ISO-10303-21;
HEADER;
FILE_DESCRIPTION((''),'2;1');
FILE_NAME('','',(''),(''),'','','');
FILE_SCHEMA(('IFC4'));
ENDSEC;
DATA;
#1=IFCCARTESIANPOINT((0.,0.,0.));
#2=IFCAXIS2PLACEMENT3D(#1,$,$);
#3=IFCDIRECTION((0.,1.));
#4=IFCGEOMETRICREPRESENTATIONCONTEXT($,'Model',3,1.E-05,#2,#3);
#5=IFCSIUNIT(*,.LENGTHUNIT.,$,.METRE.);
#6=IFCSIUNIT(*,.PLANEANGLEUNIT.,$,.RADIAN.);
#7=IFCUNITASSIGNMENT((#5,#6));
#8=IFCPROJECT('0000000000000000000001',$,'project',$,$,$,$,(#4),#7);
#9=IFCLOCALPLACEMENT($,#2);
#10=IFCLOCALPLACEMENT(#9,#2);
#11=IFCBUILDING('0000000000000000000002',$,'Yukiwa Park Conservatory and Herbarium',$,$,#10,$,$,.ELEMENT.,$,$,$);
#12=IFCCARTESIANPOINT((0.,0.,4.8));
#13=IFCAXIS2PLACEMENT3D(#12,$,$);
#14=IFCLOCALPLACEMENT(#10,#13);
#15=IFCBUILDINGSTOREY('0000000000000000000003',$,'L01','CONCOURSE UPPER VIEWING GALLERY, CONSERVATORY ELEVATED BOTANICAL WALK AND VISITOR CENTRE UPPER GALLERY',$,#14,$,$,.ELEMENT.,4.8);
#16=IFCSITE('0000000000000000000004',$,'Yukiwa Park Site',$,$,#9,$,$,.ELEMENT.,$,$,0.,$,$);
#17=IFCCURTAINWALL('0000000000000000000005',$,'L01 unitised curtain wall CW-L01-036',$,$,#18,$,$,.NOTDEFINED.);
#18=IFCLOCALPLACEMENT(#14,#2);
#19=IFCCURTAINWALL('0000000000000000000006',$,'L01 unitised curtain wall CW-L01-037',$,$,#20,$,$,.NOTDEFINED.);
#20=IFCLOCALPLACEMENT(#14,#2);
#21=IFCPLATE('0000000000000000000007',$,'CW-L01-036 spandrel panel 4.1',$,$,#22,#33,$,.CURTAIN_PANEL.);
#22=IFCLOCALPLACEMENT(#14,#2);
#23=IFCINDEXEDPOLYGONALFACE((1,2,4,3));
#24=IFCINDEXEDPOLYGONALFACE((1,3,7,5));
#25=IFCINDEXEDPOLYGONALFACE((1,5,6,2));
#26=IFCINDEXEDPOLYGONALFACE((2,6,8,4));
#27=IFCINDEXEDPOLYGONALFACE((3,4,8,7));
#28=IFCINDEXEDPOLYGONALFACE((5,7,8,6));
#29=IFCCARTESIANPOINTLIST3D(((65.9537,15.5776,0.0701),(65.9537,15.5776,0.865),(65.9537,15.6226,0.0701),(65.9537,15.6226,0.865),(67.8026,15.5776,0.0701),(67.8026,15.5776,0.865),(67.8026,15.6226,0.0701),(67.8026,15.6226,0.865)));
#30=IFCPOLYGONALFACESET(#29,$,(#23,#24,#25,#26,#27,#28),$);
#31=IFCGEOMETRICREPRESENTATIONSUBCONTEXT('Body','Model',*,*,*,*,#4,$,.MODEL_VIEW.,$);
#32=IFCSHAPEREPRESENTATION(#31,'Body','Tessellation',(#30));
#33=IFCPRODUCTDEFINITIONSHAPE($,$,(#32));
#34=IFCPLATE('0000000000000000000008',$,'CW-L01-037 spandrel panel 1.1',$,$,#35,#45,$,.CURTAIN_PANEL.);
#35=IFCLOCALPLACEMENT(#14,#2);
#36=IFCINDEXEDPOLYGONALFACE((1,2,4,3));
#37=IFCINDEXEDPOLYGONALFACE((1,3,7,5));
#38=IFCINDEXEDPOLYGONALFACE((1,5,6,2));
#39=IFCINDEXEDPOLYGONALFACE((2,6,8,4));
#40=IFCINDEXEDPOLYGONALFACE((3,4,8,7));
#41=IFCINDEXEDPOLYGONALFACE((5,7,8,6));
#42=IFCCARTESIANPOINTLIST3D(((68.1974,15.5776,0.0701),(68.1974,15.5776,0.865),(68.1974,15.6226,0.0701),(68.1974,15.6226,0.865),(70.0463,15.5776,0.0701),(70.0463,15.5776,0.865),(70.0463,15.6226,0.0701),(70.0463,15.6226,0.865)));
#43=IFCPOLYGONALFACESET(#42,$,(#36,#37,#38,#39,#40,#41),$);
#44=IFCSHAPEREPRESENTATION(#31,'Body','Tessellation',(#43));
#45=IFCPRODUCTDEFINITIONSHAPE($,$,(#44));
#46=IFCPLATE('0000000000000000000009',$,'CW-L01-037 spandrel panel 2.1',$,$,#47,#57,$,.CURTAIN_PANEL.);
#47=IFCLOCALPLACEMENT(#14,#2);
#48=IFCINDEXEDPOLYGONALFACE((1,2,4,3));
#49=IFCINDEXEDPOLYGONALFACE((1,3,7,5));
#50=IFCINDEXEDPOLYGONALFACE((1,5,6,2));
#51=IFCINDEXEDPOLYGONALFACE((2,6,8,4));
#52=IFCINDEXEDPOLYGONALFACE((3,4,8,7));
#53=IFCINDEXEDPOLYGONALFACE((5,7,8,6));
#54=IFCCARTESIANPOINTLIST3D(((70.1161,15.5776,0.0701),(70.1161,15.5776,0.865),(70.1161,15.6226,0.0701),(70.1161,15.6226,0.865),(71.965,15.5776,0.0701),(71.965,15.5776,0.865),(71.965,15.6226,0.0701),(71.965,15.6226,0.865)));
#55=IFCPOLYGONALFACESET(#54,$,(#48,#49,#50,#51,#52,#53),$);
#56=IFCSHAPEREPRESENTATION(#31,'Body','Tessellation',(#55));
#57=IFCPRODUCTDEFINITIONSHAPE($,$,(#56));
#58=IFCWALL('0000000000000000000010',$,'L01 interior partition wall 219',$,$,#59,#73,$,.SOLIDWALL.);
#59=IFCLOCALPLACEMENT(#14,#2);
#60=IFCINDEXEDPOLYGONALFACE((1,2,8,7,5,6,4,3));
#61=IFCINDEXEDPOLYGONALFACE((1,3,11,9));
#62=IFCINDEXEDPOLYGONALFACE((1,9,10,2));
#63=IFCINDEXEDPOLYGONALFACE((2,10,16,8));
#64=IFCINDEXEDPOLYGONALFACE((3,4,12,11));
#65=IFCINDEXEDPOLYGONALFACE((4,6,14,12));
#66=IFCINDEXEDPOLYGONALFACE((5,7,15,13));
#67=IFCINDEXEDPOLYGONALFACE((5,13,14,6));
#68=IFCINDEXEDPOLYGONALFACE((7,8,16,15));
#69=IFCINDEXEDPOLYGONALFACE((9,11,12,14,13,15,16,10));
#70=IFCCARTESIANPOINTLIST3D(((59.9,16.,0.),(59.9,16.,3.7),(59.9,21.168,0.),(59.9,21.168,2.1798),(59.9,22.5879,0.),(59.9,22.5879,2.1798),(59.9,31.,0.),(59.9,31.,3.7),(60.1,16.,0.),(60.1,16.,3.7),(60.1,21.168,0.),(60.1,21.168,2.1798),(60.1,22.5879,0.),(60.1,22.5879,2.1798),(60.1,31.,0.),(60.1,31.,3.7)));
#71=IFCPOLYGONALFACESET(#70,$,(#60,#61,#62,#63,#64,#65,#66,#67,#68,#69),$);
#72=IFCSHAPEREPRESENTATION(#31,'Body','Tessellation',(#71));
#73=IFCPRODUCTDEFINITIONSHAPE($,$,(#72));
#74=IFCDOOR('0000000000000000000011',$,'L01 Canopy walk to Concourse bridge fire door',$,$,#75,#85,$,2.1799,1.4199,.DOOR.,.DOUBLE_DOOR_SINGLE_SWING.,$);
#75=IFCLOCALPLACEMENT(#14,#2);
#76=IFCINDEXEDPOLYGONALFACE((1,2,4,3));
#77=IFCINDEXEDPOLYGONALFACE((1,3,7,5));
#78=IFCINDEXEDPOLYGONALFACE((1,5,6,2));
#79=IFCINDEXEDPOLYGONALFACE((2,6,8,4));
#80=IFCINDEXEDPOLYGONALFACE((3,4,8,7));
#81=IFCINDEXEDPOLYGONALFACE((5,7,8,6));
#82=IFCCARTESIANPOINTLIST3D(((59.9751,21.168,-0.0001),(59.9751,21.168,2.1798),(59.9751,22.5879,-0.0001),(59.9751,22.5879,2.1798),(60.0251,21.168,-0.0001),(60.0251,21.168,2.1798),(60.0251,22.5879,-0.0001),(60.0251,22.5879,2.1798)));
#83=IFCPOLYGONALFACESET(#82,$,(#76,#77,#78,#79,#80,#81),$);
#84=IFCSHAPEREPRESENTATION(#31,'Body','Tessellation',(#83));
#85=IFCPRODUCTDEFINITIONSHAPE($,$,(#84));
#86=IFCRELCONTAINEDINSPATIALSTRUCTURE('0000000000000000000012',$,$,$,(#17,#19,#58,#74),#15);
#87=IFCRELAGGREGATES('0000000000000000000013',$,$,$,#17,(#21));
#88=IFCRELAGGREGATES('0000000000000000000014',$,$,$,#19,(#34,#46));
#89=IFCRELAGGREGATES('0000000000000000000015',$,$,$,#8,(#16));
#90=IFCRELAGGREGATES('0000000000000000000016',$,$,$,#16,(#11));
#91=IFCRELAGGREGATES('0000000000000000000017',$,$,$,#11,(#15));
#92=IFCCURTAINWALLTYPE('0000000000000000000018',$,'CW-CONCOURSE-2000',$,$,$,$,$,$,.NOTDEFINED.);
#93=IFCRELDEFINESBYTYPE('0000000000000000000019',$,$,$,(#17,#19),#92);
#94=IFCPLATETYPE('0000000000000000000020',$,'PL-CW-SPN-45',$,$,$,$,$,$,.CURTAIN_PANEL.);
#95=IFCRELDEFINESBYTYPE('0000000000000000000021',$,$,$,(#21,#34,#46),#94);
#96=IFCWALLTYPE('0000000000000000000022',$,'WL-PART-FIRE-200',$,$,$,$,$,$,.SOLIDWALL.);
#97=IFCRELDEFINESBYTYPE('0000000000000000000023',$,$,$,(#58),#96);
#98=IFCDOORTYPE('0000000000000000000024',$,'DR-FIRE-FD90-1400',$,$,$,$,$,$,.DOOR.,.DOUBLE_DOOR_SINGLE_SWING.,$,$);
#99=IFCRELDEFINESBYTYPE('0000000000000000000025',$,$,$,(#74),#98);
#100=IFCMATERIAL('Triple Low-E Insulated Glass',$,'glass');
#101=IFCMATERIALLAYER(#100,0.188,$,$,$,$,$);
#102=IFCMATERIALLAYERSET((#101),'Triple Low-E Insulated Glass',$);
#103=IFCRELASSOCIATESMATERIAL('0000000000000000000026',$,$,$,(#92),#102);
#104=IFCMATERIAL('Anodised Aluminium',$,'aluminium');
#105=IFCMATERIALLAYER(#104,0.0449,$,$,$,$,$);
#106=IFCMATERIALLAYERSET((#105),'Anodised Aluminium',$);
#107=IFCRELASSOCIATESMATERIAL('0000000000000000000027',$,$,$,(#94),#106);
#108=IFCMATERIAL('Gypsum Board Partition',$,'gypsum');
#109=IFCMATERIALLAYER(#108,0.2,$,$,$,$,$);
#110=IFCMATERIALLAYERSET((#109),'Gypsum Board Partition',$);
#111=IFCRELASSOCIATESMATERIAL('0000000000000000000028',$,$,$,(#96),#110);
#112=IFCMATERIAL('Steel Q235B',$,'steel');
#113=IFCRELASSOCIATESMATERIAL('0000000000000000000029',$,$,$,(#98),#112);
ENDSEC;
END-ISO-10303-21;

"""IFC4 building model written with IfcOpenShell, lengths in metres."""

from ifc_helpers import new_model, si_unit, direction, frame, frame_2d, origin, origin_2d, place, context, subcontext, project, spatial, rectangle, extrude, material, layer, layer_set, type_object, element, fill, aggregate, save


model = new_model("IFC4")

# Units and contexts
model_context = context("Model", 3, precision=1e-05, world=origin(), true_north=direction((0.0, 1.0)))
body_context = subcontext(model_context, "Body", "Model", "MODEL_VIEW")
ifc_project = project(units=[si_unit("LENGTHUNIT", "METRE"), si_unit("PLANEANGLEUNIT", "RADIAN")], contexts=[model_context])

# Site, building, storey
site_placement = place(None, origin())
site = spatial("IfcSite", under=ifc_project, at=site_placement, Name="Yukiwa Park Site", CompositionType="ELEMENT", RefElevation=0.0)
building_placement = place(site_placement, origin())
building = spatial("IfcBuilding", under=site, at=building_placement, Name="Yukiwa Park Conservatory and Herbarium", CompositionType="ELEMENT")
storey_placement = place(building_placement, frame((0.0, 0.0, 4.8)))
storey = spatial("IfcBuildingStorey", under=building, at=storey_placement, Name="L01", Description="CONCOURSE UPPER VIEWING GALLERY, CONSERVATORY ELEVATED BOTANICAL WALK AND VISITOR CENTRE UPPER GALLERY", CompositionType="ELEMENT", Elevation=4.8)

# Curtain walls
ifc_material_1 = material(Name="Triple Low-E Insulated Glass", Category="glass")
ifc_layer_1 = layer(ifc_material_1, 0.188)
ifc_layer_set_1 = layer_set([ifc_layer_1], Name="Triple Low-E Insulated Glass")
curtain_wall_type = type_object("IfcCurtainWallType", Name="CW-CONCOURSE-2000", PredefinedType="NOTDEFINED", material=ifc_layer_set_1)
curtain_wall_1_placement = place(storey_placement, origin())
curtain_wall_1 = element("IfcCurtainWall", 1, at=curtain_wall_1_placement, inside=storey, type_object=curtain_wall_type, Name="L01 unitised curtain wall CW-L01-036", PredefinedType="NOTDEFINED")
curtain_wall_2_placement = place(storey_placement, origin())
curtain_wall_2 = element("IfcCurtainWall", 2, at=curtain_wall_2_placement, inside=storey, type_object=curtain_wall_type, Name="L01 unitised curtain wall CW-L01-037", PredefinedType="NOTDEFINED")

# Plates
ifc_material_2 = material(Name="Anodised Aluminium", Category="aluminium")
ifc_layer_2 = layer(ifc_material_2, 0.0449)
ifc_layer_set_2 = layer_set([ifc_layer_2], Name="Anodised Aluminium")
plate_type_1 = type_object("IfcPlateType", Name="PL-CW-SPN-45", PredefinedType="CURTAIN_PANEL", material=ifc_layer_set_2)
plate_1_placement = place(storey_placement, frame((66.8782, 15.6001, 0.0701), z_axis=(0.0, 0.0, 1.0), x_axis=(1.0, 0.0, 0.0)))
plate_1 = element("IfcPlate", 3, at=plate_1_placement, type_object=plate_type_1, Name="CW-L01-036 spandrel panel 4.1", PredefinedType="CURTAIN_PANEL", context=body_context, shape_type="SweptSolid", body=[
    extrude(rectangle(XDim=1.8489, YDim=0.0449, at=origin_2d()), origin(), (0.0, 0.0, 1.0), 0.7949),
])
aggregate(curtain_wall_1, [plate_1])
plate_2_placement = place(storey_placement, frame((69.1218, 15.6001, 0.0701), z_axis=(0.0, 0.0, 1.0), x_axis=(1.0, 0.0, 0.0)))
plate_2 = element("IfcPlate", 4, at=plate_2_placement, type_object=plate_type_1, Name="CW-L01-037 spandrel panel 1.1", PredefinedType="CURTAIN_PANEL", context=body_context, shape_type="SweptSolid", body=[
    extrude(rectangle(XDim=1.8489, YDim=0.0449, at=origin_2d()), origin(), (0.0, 0.0, 1.0), 0.7949),
])
plate_3_placement = place(storey_placement, frame((71.0405, 15.6001, 0.0701), z_axis=(0.0, 0.0, 1.0), x_axis=(1.0, 0.0, 0.0)))
plate_3 = element("IfcPlate", 5, at=plate_3_placement, type_object=plate_type_1, Name="CW-L01-037 spandrel panel 2.1", PredefinedType="CURTAIN_PANEL", context=body_context, shape_type="SweptSolid", body=[
    extrude(rectangle(XDim=1.8489, YDim=0.0449, at=origin_2d()), origin(), (0.0, 0.0, 1.0), 0.7949),
])
aggregate(curtain_wall_2, [plate_2, plate_3])

# Wall, opening, door
ifc_material_3 = material(Name="Gypsum Board Partition", Category="gypsum")
ifc_layer_3 = layer(ifc_material_3, 0.2)
ifc_layer_set_3 = layer_set([ifc_layer_3], Name="Gypsum Board Partition")
wall_type = type_object("IfcWallType", Name="WL-PART-FIRE-200", PredefinedType="SOLIDWALL", material=ifc_layer_set_3)
wall_placement = place(storey_placement, frame((60.0, 16.0, 0.0), z_axis=(0.0, 0.0, 1.0), x_axis=(0.0, 1.0, 0.0)))
wall = element("IfcWall", 6, at=wall_placement, inside=storey, type_object=wall_type, Name="L01 interior partition wall 219", PredefinedType="SOLIDWALL", context=body_context, shape_type="SweptSolid", body=[
    extrude(rectangle(XDim=15.0, YDim=0.2, at=frame_2d((7.5, 0.0))), origin(), (0.0, 0.0, 1.0), 3.7),
])
opening_placement = place(wall_placement, frame((5.168, 0.0, 0.0)))
opening = element("IfcOpeningElement", 7, at=opening_placement, cuts=wall, PredefinedType="OPENING", context=body_context, shape_type="SweptSolid", body=[
    extrude(rectangle(XDim=1.4199, YDim=2.1799, at=frame_2d((0.71, 1.0898))), frame((0.0, 0.1099, 0.0), z_axis=(0.0, -1.0, 0.0), x_axis=(1.0, 0.0, 0.0)), (0.0, 0.0, 1.0), 0.22),
])
ifc_material_4 = material(Name="Steel Q235B", Category="steel")
door_type = type_object("IfcDoorType", Name="DR-FIRE-FD90-1400", OperationType="DOUBLE_DOOR_SINGLE_SWING", PredefinedType="DOOR", material=ifc_material_4)
door_placement = place(opening_placement, origin())
door = element("IfcDoor", 8, at=door_placement, inside=storey, type_object=door_type, Name="L01 Canopy walk to Concourse bridge fire door", OperationType="DOUBLE_DOOR_SINGLE_SWING", OverallHeight=2.1799, OverallWidth=1.4199, PredefinedType="DOOR", context=body_context, shape_type="SweptSolid", body=[
    extrude(rectangle(XDim=1.4199, YDim=2.1799, at=frame_2d((0.71, 1.0898))), frame((0.0, 0.0249, 0.0), z_axis=(0.0, -1.0, 0.0), x_axis=(1.0, 0.0, 0.0)), (0.0, 0.0, 1.0), 0.05),
])
fill(opening, door)

save(model, "model.ifc")
